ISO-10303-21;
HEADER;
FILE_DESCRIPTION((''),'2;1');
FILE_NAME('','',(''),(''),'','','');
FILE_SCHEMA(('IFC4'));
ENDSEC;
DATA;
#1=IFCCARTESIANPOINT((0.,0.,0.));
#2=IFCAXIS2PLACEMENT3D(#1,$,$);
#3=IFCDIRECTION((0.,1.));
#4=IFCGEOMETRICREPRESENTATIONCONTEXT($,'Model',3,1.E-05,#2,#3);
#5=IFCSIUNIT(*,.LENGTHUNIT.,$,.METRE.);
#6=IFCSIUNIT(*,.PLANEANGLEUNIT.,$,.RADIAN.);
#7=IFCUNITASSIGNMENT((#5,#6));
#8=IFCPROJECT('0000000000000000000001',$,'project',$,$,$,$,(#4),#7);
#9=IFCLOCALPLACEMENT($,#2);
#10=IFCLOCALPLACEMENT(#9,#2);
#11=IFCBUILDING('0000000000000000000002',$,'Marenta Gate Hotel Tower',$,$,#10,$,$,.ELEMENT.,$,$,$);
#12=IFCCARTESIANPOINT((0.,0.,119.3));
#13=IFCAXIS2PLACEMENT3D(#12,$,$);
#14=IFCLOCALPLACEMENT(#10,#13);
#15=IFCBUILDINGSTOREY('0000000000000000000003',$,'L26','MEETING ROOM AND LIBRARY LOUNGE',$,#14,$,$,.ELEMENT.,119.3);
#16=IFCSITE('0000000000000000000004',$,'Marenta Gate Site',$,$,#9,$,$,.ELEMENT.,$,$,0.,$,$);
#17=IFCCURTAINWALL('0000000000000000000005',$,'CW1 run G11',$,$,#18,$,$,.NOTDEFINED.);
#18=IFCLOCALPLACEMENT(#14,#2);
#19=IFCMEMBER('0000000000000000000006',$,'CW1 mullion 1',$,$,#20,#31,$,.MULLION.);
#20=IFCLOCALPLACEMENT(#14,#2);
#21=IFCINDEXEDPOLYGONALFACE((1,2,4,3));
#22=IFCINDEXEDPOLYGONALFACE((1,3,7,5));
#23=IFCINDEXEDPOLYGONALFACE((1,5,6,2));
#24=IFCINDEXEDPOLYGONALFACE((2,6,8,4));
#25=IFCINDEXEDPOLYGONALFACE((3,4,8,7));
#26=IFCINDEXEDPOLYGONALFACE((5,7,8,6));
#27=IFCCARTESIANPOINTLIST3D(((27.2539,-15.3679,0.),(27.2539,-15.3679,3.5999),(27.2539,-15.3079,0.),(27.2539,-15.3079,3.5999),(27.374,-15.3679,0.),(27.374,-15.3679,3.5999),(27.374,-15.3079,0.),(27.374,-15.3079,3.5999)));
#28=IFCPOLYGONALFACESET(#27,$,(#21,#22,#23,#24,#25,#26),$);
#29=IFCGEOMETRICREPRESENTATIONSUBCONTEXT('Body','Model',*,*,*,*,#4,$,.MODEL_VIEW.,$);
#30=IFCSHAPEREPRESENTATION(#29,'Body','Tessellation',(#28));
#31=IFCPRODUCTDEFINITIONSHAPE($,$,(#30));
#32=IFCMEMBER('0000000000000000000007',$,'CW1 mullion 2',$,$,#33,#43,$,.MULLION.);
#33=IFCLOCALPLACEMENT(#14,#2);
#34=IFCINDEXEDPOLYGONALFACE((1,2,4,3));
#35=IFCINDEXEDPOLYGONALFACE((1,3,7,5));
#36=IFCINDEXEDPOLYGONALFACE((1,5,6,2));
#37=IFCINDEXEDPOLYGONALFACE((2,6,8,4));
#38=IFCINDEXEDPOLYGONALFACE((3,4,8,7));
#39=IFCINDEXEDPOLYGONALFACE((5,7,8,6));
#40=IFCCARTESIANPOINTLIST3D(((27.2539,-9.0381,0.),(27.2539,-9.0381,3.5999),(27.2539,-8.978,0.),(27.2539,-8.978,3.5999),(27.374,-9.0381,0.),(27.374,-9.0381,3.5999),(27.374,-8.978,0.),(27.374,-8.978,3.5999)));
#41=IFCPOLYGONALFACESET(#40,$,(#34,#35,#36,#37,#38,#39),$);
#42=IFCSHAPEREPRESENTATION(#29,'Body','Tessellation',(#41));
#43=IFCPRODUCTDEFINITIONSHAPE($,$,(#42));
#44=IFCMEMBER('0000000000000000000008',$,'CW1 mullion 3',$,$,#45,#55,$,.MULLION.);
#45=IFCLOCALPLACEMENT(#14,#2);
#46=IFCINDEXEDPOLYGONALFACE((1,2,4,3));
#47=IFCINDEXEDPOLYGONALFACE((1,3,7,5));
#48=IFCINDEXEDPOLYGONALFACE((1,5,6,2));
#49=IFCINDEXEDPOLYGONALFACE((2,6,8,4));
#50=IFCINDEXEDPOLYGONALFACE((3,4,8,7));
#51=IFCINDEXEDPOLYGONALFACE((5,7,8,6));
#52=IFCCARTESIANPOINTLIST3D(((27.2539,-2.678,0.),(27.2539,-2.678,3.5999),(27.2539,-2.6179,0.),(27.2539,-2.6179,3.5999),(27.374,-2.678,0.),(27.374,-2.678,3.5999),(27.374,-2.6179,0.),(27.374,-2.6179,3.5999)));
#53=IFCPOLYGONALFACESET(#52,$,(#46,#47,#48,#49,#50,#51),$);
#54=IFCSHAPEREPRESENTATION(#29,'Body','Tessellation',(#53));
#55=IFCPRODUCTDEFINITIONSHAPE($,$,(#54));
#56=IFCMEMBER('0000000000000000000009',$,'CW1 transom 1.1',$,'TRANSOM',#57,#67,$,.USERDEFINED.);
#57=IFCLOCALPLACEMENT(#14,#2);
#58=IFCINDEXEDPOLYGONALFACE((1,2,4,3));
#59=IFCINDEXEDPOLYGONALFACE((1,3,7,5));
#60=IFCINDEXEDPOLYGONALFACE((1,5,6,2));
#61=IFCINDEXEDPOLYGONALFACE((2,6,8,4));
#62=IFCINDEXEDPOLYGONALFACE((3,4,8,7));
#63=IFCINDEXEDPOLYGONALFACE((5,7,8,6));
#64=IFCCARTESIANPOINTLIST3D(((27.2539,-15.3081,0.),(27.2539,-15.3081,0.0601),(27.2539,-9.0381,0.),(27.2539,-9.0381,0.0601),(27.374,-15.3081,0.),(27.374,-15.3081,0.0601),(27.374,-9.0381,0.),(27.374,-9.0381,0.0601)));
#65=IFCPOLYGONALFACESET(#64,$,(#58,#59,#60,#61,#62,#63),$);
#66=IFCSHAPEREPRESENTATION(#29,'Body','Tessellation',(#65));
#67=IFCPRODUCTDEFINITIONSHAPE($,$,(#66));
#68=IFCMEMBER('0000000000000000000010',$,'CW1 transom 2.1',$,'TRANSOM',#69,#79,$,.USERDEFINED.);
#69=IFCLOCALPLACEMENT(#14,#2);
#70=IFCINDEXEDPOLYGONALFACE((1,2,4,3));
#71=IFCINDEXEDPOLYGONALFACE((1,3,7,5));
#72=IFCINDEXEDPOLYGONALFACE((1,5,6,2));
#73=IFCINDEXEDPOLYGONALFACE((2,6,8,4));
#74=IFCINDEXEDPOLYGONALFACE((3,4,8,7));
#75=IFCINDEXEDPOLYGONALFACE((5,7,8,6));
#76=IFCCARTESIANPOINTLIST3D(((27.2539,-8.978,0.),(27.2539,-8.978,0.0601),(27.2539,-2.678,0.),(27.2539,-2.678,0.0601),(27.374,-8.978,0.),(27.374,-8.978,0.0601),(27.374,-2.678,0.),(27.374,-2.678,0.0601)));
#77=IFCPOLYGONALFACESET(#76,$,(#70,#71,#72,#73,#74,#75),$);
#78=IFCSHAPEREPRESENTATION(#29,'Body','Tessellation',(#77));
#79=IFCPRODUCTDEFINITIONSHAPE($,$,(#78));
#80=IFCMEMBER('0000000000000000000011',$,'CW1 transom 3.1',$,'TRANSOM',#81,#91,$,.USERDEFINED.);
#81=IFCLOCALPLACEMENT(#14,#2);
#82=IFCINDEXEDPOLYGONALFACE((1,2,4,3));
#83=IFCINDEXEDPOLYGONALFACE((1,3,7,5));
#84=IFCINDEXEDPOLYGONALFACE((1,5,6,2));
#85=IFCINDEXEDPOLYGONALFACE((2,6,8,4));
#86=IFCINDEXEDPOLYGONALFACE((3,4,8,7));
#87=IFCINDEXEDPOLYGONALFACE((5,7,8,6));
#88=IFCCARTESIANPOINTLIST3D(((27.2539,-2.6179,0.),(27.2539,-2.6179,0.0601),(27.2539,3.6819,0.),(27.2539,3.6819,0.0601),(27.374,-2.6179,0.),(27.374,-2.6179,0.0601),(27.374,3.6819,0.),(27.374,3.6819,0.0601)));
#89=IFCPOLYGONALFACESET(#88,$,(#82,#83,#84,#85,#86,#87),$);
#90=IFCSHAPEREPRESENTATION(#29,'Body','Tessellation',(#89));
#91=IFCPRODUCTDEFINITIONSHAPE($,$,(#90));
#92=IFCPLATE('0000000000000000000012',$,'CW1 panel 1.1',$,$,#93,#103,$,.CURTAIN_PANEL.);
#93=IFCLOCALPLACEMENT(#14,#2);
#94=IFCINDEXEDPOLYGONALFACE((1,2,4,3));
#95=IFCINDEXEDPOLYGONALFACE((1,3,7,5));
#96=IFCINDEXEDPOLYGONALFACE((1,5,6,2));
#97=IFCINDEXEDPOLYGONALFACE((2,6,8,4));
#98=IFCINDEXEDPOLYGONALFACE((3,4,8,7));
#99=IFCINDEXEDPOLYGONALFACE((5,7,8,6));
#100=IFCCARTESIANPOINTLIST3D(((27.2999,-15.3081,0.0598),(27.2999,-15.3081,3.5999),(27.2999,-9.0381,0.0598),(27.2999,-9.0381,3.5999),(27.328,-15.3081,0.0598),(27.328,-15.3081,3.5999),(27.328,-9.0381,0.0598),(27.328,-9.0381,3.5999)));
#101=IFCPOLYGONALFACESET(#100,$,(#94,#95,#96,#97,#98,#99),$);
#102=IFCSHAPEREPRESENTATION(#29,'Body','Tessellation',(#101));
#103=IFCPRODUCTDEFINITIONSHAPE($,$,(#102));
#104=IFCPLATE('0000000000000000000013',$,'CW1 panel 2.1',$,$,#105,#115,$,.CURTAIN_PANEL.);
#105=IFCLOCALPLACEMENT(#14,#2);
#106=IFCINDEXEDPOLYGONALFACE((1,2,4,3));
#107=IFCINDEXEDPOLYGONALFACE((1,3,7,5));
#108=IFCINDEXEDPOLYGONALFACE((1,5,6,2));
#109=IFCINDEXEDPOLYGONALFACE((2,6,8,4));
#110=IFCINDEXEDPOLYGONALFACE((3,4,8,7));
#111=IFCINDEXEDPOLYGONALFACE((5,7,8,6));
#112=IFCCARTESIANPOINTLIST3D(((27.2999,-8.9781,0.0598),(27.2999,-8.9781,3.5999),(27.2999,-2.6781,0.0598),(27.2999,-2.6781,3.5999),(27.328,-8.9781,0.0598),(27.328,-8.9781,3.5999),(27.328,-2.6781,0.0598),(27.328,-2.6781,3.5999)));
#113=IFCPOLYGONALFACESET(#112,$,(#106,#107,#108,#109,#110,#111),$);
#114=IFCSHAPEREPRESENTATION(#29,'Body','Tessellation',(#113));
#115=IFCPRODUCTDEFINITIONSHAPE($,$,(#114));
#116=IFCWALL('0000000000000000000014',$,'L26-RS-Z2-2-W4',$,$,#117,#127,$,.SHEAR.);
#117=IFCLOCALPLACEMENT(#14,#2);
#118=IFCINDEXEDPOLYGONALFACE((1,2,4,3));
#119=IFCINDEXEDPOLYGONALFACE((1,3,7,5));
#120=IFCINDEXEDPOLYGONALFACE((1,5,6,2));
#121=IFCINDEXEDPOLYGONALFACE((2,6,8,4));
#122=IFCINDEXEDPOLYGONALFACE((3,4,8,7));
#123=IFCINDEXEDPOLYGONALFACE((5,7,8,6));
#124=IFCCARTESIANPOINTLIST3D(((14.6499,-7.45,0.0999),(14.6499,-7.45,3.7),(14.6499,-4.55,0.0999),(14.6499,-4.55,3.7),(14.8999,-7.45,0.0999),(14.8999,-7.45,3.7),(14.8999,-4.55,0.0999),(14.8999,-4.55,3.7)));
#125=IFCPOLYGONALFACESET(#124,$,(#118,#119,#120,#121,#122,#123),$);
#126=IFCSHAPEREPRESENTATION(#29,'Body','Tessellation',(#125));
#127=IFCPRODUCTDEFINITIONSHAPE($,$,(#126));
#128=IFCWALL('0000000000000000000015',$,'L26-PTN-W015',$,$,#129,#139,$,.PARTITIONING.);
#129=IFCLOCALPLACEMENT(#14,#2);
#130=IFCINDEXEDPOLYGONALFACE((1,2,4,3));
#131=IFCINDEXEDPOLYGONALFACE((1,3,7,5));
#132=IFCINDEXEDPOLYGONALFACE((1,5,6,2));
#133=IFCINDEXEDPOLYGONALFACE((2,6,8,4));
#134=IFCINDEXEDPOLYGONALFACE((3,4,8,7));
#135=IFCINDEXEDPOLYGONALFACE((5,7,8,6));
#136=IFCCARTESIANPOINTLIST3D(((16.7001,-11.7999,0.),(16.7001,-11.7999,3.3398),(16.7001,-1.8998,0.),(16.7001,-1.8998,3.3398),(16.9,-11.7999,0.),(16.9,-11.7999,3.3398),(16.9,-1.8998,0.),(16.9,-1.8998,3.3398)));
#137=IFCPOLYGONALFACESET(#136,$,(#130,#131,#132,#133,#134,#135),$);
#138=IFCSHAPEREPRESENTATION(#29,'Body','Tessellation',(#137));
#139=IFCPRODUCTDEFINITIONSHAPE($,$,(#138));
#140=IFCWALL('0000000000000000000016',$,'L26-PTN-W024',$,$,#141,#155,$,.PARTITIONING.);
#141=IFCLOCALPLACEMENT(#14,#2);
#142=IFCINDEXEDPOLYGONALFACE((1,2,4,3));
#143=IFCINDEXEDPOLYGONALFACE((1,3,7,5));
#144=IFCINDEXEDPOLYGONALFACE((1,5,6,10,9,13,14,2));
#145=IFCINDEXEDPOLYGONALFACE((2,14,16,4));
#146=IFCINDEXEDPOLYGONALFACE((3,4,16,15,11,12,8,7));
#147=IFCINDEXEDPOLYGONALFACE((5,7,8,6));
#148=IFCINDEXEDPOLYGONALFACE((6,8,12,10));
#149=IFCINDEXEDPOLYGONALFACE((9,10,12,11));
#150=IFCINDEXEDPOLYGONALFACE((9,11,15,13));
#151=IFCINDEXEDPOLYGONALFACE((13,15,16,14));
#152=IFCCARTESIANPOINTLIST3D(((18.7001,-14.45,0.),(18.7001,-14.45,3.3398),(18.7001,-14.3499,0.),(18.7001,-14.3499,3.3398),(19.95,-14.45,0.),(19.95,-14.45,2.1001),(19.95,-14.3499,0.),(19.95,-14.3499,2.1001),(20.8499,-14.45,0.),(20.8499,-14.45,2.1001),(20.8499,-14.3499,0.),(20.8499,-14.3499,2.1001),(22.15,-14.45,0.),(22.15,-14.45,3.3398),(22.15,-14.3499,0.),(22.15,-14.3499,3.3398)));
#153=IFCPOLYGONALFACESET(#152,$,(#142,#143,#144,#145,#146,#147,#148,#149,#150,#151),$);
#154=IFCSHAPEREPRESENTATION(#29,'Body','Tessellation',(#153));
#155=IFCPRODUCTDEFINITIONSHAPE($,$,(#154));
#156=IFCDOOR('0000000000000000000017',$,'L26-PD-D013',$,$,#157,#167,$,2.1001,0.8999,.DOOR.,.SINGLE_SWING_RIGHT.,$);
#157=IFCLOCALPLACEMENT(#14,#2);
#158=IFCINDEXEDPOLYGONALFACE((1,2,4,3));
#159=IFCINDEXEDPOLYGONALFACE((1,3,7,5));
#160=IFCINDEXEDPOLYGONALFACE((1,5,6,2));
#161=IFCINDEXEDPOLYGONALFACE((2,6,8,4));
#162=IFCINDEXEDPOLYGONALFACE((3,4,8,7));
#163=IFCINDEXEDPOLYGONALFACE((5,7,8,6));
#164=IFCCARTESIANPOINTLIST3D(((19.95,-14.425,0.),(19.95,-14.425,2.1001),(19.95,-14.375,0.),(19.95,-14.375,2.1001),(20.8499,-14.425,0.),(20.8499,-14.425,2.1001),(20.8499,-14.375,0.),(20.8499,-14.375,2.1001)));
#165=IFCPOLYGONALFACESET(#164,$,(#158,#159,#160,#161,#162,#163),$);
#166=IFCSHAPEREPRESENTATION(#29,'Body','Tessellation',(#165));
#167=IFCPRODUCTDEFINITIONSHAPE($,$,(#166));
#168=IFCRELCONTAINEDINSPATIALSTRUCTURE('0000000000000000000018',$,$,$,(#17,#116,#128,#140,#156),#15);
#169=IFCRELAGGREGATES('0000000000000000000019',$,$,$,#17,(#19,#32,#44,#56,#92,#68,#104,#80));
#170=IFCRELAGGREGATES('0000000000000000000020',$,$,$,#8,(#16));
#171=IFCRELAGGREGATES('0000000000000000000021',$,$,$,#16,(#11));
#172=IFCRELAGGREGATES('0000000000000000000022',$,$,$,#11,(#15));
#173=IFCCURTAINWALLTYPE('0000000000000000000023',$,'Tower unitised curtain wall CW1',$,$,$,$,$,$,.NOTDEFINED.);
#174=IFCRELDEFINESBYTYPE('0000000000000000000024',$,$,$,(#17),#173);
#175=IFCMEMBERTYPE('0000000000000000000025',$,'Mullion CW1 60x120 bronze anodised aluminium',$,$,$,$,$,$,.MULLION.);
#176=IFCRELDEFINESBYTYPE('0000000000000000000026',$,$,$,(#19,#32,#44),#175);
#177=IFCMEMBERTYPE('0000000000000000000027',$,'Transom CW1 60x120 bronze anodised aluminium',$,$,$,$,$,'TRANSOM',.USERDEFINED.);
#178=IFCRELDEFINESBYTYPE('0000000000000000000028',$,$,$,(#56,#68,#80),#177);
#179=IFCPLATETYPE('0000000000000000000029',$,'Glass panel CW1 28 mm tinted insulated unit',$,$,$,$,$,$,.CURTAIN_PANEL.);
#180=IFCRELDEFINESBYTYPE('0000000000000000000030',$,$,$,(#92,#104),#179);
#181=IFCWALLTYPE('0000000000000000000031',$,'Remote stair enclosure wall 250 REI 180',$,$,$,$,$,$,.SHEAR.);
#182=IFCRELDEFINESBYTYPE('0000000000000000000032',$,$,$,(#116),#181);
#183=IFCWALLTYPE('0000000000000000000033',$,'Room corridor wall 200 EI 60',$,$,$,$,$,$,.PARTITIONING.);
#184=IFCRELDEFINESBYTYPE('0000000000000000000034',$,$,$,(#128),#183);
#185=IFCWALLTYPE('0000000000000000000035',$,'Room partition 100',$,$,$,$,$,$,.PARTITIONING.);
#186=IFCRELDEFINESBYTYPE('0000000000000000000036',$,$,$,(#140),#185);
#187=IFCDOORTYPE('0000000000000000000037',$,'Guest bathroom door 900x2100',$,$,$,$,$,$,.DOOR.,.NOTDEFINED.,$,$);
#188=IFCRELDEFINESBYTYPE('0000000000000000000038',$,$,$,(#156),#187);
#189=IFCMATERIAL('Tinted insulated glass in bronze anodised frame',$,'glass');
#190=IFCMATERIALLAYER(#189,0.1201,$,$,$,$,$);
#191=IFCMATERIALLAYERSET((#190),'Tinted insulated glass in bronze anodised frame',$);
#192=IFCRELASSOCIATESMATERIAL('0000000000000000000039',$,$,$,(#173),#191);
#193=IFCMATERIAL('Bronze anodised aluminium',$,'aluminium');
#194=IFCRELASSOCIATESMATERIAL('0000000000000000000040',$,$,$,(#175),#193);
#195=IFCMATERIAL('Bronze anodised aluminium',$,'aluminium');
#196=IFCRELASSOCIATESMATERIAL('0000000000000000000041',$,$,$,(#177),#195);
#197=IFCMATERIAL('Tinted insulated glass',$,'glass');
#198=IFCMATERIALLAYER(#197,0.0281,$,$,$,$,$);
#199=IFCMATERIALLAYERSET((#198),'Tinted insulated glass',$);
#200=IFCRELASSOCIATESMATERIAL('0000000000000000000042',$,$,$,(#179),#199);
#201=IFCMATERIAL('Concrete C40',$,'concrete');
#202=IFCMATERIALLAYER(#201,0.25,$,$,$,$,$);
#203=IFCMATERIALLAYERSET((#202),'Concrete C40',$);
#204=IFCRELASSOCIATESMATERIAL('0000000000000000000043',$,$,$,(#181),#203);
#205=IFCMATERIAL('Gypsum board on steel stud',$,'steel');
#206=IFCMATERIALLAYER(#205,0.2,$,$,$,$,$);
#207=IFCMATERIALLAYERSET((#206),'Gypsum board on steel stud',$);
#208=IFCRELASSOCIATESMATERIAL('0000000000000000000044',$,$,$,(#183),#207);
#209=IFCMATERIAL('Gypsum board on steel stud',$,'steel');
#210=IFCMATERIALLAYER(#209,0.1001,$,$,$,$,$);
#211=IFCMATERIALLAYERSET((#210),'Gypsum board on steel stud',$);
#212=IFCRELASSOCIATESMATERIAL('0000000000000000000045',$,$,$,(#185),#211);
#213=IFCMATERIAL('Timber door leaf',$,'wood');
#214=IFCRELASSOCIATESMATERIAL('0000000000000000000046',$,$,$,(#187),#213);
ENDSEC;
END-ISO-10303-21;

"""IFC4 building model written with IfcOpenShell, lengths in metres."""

from ifc_helpers import new_model, si_unit, direction, frame, frame_2d, origin, origin_2d, place, context, subcontext, project, spatial, rectangle, extrude, material, layer, layer_set, material_profile, profile_set, type_object, element, fill, aggregate, save


model = new_model("IFC4")

# Units and contexts
model_context = context("Model", 3, precision=1e-05, world=origin(), true_north=direction((0.0, 1.0)))
body_context = subcontext(model_context, "Body", "Model", "MODEL_VIEW")
ifc_project = project(units=[si_unit("LENGTHUNIT", "METRE"), si_unit("PLANEANGLEUNIT", "RADIAN")], contexts=[model_context])

# Site, building, storey
site_placement = place(None, origin())
site = spatial("IfcSite", under=ifc_project, at=site_placement, Name="Marenta Gate Site", CompositionType="ELEMENT", RefElevation=0.0)
building_placement = place(site_placement, origin())
building = spatial("IfcBuilding", under=site, at=building_placement, Name="Marenta Gate Hotel Tower", CompositionType="ELEMENT")
storey_placement = place(building_placement, frame((0.0, 0.0, 119.3)))
storey = spatial("IfcBuildingStorey", under=building, at=storey_placement, Name="L26", Description="MEETING ROOM AND LIBRARY LOUNGE", CompositionType="ELEMENT", Elevation=119.3)

# Curtain wall, members, plates
ifc_material_1 = material(Name="Tinted insulated glass in bronze anodised frame", Category="glass")
ifc_layer_1 = layer(ifc_material_1, 0.1201)
ifc_layer_set_1 = layer_set([ifc_layer_1], Name="Tinted insulated glass in bronze anodised frame")
curtain_wall_type = type_object("IfcCurtainWallType", Name="Tower unitised curtain wall CW1", PredefinedType="NOTDEFINED", material=ifc_layer_set_1)
curtain_wall_placement = place(storey_placement, origin())
curtain_wall = element("IfcCurtainWall", 1, at=curtain_wall_placement, inside=storey, type_object=curtain_wall_type, Name="CW1 run G11", PredefinedType="NOTDEFINED")
ifc_material_2 = material(Name="Bronze anodised aluminium", Category="aluminium")
ifc_material_profile_1 = material_profile(ifc_material_2, rectangle(XDim=0.1201, YDim=0.0601, at=origin_2d()), Name="Mullion CW1 60x120 bronze anodised aluminium")
ifc_profile_set_1 = profile_set([ifc_material_profile_1], Name="Bronze anodised aluminium")
member_type_1 = type_object("IfcMemberType", Name="Mullion CW1 60x120 bronze anodised aluminium", PredefinedType="MULLION", material=ifc_profile_set_1)
member_1_placement = place(storey_placement, frame((27.314, -15.3379, 0.0), z_axis=(0.0, 0.0, 1.0), x_axis=(-1.0, 0.0, 0.0)))
member_1 = element("IfcMember", 2, at=member_1_placement, type_object=member_type_1, Name="CW1 mullion 1", PredefinedType="MULLION", context=body_context, shape_type="SweptSolid", body=[
    extrude(rectangle(XDim=0.1201, YDim=0.0601, at=origin_2d()), origin(), (0.0, 0.0, 1.0), 3.5999),
])
member_2_placement = place(storey_placement, frame((27.314, -9.0081, 0.0), z_axis=(0.0, 0.0, 1.0), x_axis=(-1.0, 0.0, 0.0)))
member_2 = element("IfcMember", 3, at=member_2_placement, type_object=member_type_1, Name="CW1 mullion 2", PredefinedType="MULLION", context=body_context, shape_type="SweptSolid", body=[
    extrude(rectangle(XDim=0.1201, YDim=0.0601, at=origin_2d()), origin(), (0.0, 0.0, 1.0), 3.5999),
])
member_3_placement = place(storey_placement, frame((27.314, -2.6479, 0.0), z_axis=(0.0, 0.0, 1.0), x_axis=(-1.0, 0.0, 0.0)))
member_3 = element("IfcMember", 4, at=member_3_placement, type_object=member_type_1, Name="CW1 mullion 3", PredefinedType="MULLION", context=body_context, shape_type="SweptSolid", body=[
    extrude(rectangle(XDim=0.1201, YDim=0.0601, at=origin_2d()), origin(), (0.0, 0.0, 1.0), 3.5999),
])
ifc_material_3 = material(Name="Bronze anodised aluminium", Category="aluminium")
ifc_material_profile_2 = material_profile(ifc_material_3, rectangle(XDim=0.1201, YDim=0.0601, at=origin_2d()), Name="Transom CW1 60x120 bronze anodised aluminium")
ifc_profile_set_2 = profile_set([ifc_material_profile_2], Name="Bronze anodised aluminium")
member_type_2 = type_object("IfcMemberType", Name="Transom CW1 60x120 bronze anodised aluminium", ElementType="TRANSOM", PredefinedType="USERDEFINED", material=ifc_profile_set_2)
member_4_placement = place(storey_placement, frame((27.314, -15.3081, 0.03), z_axis=(0.0, 1.0, 0.0), x_axis=(-1.0, 0.0, 0.0)))
member_4 = element("IfcMember", 5, at=member_4_placement, type_object=member_type_2, Name="CW1 transom 1.1", ObjectType="TRANSOM", PredefinedType="USERDEFINED", context=body_context, shape_type="SweptSolid", body=[
    extrude(rectangle(XDim=0.1201, YDim=0.0601, at=origin_2d()), origin(), (0.0, 0.0, 1.0), 6.27),
])
member_5_placement = place(storey_placement, frame((27.314, -8.978, 0.03), z_axis=(0.0, 1.0, 0.0), x_axis=(-1.0, 0.0, 0.0)))
member_5 = element("IfcMember", 6, at=member_5_placement, type_object=member_type_2, Name="CW1 transom 2.1", ObjectType="TRANSOM", PredefinedType="USERDEFINED", context=body_context, shape_type="SweptSolid", body=[
    extrude(rectangle(XDim=0.1201, YDim=0.0601, at=origin_2d()), origin(), (0.0, 0.0, 1.0), 6.3),
])
member_6_placement = place(storey_placement, frame((27.314, -2.6179, 0.03), z_axis=(0.0, 1.0, 0.0), x_axis=(-1.0, 0.0, 0.0)))
member_6 = element("IfcMember", 7, at=member_6_placement, type_object=member_type_2, Name="CW1 transom 3.1", ObjectType="TRANSOM", PredefinedType="USERDEFINED", context=body_context, shape_type="SweptSolid", body=[
    extrude(rectangle(XDim=0.1201, YDim=0.0601, at=origin_2d()), origin(), (0.0, 0.0, 1.0), 6.2998),
])
ifc_material_4 = material(Name="Tinted insulated glass", Category="glass")
ifc_layer_2 = layer(ifc_material_4, 0.0281)
ifc_layer_set_2 = layer_set([ifc_layer_2], Name="Tinted insulated glass")
plate_type = type_object("IfcPlateType", Name="Glass panel CW1 28 mm tinted insulated unit", PredefinedType="CURTAIN_PANEL", material=ifc_layer_set_2)
plate_1_placement = place(storey_placement, frame((27.314, -12.1731, 0.0598), z_axis=(0.0, 0.0, 1.0), x_axis=(0.0, 1.0, 0.0)))
plate_1 = element("IfcPlate", 8, at=plate_1_placement, type_object=plate_type, Name="CW1 panel 1.1", PredefinedType="CURTAIN_PANEL", context=body_context, shape_type="SweptSolid", body=[
    extrude(rectangle(XDim=6.27, YDim=0.0281, at=origin_2d()), origin(), (0.0, 0.0, 1.0), 3.54),
])
plate_2_placement = place(storey_placement, frame((27.314, -5.8281, 0.0598), z_axis=(0.0, 0.0, 1.0), x_axis=(0.0, 1.0, 0.0)))
plate_2 = element("IfcPlate", 9, at=plate_2_placement, type_object=plate_type, Name="CW1 panel 2.1", PredefinedType="CURTAIN_PANEL", context=body_context, shape_type="SweptSolid", body=[
    extrude(rectangle(XDim=6.3, YDim=0.0281, at=origin_2d()), origin(), (0.0, 0.0, 1.0), 3.54),
])
aggregate(curtain_wall, [member_1, member_2, member_3, member_4, plate_1, member_5, plate_2, member_6])

# Walls
ifc_material_5 = material(Name="Concrete C40", Category="concrete")
ifc_layer_3 = layer(ifc_material_5, 0.25)
ifc_layer_set_3 = layer_set([ifc_layer_3], Name="Concrete C40")
wall_type_1 = type_object("IfcWallType", Name="Remote stair enclosure wall 250 REI 180", PredefinedType="SHEAR", material=ifc_layer_set_3)
wall_1_placement = place(storey_placement, frame((14.7749, -7.45, 0.0999), z_axis=(0.0, 0.0, 1.0), x_axis=(0.0, 1.0, 0.0)))
element("IfcWall", 10, at=wall_1_placement, inside=storey, type_object=wall_type_1, Name="L26-RS-Z2-2-W4", PredefinedType="SHEAR", context=body_context, shape_type="SweptSolid", body=[
    extrude(rectangle(XDim=2.8999, YDim=0.25, at=frame_2d((1.45, 0.0))), origin(), (0.0, 0.0, 1.0), 3.6001),
])
ifc_material_6 = material(Name="Gypsum board on steel stud", Category="steel")
ifc_layer_4 = layer(ifc_material_6, 0.2)
ifc_layer_set_4 = layer_set([ifc_layer_4], Name="Gypsum board on steel stud")
wall_type_2 = type_object("IfcWallType", Name="Room corridor wall 200 EI 60", PredefinedType="PARTITIONING", material=ifc_layer_set_4)
wall_2_placement = place(storey_placement, frame((16.8, -11.8, 0.0), z_axis=(0.0, 0.0, 1.0), x_axis=(0.0, 1.0, 0.0)))
element("IfcWall", 11, at=wall_2_placement, inside=storey, type_object=wall_type_2, Name="L26-PTN-W015", PredefinedType="PARTITIONING", context=body_context, shape_type="SweptSolid", body=[
    extrude(rectangle(XDim=9.9001, YDim=0.2, at=frame_2d((4.9502, 0.0))), origin(), (0.0, 0.0, 1.0), 3.3398),
])

# Wall, opening, door
ifc_material_7 = material(Name="Gypsum board on steel stud", Category="steel")
ifc_layer_5 = layer(ifc_material_7, 0.1001)
ifc_layer_set_5 = layer_set([ifc_layer_5], Name="Gypsum board on steel stud")
wall_type_3 = type_object("IfcWallType", Name="Room partition 100", PredefinedType="PARTITIONING", material=ifc_layer_set_5)
wall_3_placement = place(storey_placement, frame((18.7, -14.3999, 0.0), z_axis=(0.0, 0.0, 1.0), x_axis=(1.0, 0.0, 0.0)))
wall_3 = element("IfcWall", 12, at=wall_3_placement, inside=storey, type_object=wall_type_3, Name="L26-PTN-W024", PredefinedType="PARTITIONING", context=body_context, shape_type="SweptSolid", body=[
    extrude(rectangle(XDim=3.45, YDim=0.1001, at=frame_2d((1.7251, 0.0))), origin(), (0.0, 0.0, 1.0), 3.3398),
])
opening_1_placement = place(wall_3_placement, frame((1.25, 0.0, 0.0)))
opening_1 = element("IfcOpeningElement", 13, at=opening_1_placement, cuts=wall_3, PredefinedType="OPENING", context=body_context, shape_type="SweptSolid", body=[
    extrude(rectangle(XDim=0.8999, YDim=2.1001, at=frame_2d((0.45, 1.05))), frame((0.0, 0.05, 0.0), z_axis=(0.0, -1.0, 0.0), x_axis=(1.0, 0.0, 0.0)), (0.0, 0.0, 1.0), 0.1001),
])
ifc_material_8 = material(Name="Timber door leaf", Category="wood")
door_type_1 = type_object("IfcDoorType", Name="Guest bathroom door 900x2100", OperationType="NOTDEFINED", PredefinedType="DOOR", material=ifc_material_8)
door_1_placement = place(opening_1_placement, origin())
door_1 = element("IfcDoor", 14, at=door_1_placement, inside=storey, type_object=door_type_1, Name="L26-PD-D013", OperationType="SINGLE_SWING_RIGHT", OverallHeight=2.1001, OverallWidth=0.8999, PredefinedType="DOOR", context=body_context, shape_type="SweptSolid", body=[
    extrude(rectangle(XDim=0.8999, YDim=2.1001, at=frame_2d((0.45, 1.05))), frame((0.0, 0.0249, 0.0), z_axis=(0.0, -1.0, 0.0), x_axis=(1.0, 0.0, 0.0)), (0.0, 0.0, 1.0), 0.05),
])
fill(opening_1, door_1)

save(model, "model.ifc")
